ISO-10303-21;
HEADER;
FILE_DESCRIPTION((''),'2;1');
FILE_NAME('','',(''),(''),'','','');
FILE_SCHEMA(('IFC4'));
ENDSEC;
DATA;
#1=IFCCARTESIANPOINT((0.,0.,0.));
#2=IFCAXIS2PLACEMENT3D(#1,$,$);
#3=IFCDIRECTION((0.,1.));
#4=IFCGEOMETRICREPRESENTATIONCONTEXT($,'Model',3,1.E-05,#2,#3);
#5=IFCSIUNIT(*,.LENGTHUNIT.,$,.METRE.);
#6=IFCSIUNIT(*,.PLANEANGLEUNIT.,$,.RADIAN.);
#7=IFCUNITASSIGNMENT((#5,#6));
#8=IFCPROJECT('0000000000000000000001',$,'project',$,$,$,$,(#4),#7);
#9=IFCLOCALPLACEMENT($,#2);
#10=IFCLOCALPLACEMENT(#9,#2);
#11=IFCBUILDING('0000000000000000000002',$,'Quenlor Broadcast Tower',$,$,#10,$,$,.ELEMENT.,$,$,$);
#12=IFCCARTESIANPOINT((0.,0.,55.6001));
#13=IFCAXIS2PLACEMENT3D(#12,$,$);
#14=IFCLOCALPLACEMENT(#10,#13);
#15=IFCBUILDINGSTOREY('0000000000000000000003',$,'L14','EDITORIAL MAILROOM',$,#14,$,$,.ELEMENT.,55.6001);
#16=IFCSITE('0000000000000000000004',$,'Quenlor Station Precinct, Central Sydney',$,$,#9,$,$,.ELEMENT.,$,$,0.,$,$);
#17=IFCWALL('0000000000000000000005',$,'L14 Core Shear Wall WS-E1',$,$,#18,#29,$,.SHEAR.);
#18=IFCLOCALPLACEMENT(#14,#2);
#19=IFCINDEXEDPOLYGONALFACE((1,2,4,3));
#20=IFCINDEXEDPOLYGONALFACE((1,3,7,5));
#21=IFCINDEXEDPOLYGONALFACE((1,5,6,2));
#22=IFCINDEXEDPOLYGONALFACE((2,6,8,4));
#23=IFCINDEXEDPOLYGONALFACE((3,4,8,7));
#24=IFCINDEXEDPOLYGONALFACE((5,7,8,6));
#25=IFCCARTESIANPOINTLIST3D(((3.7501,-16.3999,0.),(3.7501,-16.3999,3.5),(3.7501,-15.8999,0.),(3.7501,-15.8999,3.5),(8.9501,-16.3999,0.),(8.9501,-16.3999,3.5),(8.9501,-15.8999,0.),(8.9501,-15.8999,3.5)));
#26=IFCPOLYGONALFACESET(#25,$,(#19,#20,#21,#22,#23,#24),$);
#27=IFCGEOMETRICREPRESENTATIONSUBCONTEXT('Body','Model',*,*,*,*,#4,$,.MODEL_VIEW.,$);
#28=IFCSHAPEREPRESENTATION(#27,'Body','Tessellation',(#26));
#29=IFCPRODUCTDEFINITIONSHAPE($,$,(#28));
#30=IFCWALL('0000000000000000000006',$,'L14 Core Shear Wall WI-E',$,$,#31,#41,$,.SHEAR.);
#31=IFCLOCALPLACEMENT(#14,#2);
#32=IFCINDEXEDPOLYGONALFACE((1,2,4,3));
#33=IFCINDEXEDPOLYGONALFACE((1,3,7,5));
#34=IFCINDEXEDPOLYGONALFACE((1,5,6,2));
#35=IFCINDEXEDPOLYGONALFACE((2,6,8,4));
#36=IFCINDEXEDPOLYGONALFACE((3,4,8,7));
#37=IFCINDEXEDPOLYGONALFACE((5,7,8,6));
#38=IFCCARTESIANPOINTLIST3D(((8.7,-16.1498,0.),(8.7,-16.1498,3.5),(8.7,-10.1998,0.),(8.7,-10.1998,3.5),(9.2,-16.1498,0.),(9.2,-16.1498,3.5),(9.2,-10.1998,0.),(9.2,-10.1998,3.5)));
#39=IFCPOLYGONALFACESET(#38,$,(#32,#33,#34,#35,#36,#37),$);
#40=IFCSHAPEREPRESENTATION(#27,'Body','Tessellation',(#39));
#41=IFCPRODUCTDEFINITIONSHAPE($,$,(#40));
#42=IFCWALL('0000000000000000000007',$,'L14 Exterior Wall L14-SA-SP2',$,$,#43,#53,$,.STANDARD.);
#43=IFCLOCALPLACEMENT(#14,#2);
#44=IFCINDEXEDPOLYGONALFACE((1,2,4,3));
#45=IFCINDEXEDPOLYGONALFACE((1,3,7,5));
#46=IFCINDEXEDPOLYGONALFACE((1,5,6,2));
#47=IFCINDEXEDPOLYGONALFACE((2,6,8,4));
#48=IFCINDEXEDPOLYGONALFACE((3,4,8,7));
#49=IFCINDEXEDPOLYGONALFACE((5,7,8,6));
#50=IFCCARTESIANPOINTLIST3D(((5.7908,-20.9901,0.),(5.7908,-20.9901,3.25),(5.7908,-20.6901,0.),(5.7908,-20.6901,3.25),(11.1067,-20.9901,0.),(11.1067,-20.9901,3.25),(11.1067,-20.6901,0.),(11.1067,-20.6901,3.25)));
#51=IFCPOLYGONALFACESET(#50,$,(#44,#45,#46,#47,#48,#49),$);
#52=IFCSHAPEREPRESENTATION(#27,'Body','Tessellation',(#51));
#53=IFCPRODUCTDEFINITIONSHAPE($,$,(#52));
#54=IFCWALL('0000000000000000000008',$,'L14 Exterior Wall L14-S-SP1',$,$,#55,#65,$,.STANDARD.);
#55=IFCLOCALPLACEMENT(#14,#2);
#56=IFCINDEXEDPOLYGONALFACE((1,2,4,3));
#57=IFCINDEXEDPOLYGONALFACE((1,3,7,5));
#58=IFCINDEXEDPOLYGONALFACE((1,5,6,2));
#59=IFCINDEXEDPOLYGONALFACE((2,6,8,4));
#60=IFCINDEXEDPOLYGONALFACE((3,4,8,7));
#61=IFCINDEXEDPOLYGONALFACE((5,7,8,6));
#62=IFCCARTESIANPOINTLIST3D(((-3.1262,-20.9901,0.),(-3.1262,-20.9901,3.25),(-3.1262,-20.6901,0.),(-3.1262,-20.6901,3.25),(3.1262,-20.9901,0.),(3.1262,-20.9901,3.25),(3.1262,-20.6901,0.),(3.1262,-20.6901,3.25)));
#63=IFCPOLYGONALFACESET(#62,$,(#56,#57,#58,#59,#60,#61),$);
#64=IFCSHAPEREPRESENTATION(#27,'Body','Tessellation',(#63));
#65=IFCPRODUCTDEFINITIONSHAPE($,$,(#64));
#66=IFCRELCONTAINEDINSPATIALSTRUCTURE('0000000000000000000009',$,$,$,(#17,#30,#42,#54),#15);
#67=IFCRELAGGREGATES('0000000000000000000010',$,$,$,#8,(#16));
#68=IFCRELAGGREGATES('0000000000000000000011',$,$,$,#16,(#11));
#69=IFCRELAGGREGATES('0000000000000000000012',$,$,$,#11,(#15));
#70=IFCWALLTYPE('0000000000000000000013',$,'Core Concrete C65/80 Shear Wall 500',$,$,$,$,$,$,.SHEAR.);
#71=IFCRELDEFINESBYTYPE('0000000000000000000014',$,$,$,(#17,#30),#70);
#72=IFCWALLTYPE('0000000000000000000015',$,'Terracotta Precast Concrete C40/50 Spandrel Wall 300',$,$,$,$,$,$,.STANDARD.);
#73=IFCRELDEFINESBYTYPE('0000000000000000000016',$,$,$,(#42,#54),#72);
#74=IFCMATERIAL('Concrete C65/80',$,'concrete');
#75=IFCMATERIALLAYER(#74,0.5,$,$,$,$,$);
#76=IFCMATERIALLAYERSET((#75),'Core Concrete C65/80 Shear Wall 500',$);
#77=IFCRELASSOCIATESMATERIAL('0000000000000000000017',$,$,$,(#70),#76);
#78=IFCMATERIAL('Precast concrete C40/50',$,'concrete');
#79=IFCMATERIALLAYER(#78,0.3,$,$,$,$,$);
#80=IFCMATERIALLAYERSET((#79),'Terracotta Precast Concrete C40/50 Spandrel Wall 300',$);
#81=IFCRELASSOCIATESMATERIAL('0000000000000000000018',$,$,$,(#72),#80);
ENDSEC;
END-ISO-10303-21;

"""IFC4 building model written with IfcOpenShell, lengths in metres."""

from ifc_helpers import new_model, si_unit, direction, frame, frame_2d, origin, place, context, subcontext, project, spatial, rectangle, extrude, material, layer, layer_set, type_object, element, save


model = new_model("IFC4")

# Units and contexts
model_context = context("Model", 3, precision=1e-05, world=origin(), true_north=direction((0.0, 1.0)))
body_context = subcontext(model_context, "Body", "Model", "MODEL_VIEW")
ifc_project = project(units=[si_unit("LENGTHUNIT", "METRE"), si_unit("PLANEANGLEUNIT", "RADIAN")], contexts=[model_context])

# Site, building, storey
site_placement = place(None, origin())
site = spatial("IfcSite", under=ifc_project, at=site_placement, Name="Quenlor Station Precinct, Central Sydney", CompositionType="ELEMENT", RefElevation=0.0)
building_placement = place(site_placement, origin())
building = spatial("IfcBuilding", under=site, at=building_placement, Name="Quenlor Broadcast Tower", CompositionType="ELEMENT")
storey_placement = place(building_placement, frame((0.0, 0.0, 55.6001)))
storey = spatial("IfcBuildingStorey", under=building, at=storey_placement, Name="L14", Description="EDITORIAL MAILROOM", CompositionType="ELEMENT", Elevation=55.6001)

# Walls
ifc_material_1 = material(Name="Concrete C65/80", Category="concrete")
ifc_layer_1 = layer(ifc_material_1, 0.5)
ifc_layer_set_1 = layer_set([ifc_layer_1], Name="Core Concrete C65/80 Shear Wall 500")
wall_type_1 = type_object("IfcWallType", Name="Core Concrete C65/80 Shear Wall 500", PredefinedType="SHEAR", material=ifc_layer_set_1)
wall_1_placement = place(storey_placement, frame((3.75, -16.1499, 0.0), z_axis=(0.0, 0.0, 1.0), x_axis=(1.0, 0.0, 0.0)))
element("IfcWall", 1, at=wall_1_placement, inside=storey, type_object=wall_type_1, Name="L14 Core Shear Wall WS-E1", PredefinedType="SHEAR", context=body_context, shape_type="SweptSolid", body=[
    extrude(rectangle(XDim=5.2, YDim=0.5, at=frame_2d((2.6001, 0.0))), origin(), (0.0, 0.0, 1.0), 3.5),
])
wall_2_placement = place(storey_placement, frame((8.95, -16.1499, 0.0), z_axis=(0.0, 0.0, 1.0), x_axis=(0.0, 1.0, 0.0)))
element("IfcWall", 2, at=wall_2_placement, inside=storey, type_object=wall_type_1, Name="L14 Core Shear Wall WI-E", PredefinedType="SHEAR", context=body_context, shape_type="SweptSolid", body=[
    extrude(rectangle(XDim=5.95, YDim=0.5, at=frame_2d((2.9751, 0.0))), origin(), (0.0, 0.0, 1.0), 3.5),
])
ifc_material_2 = material(Name="Precast concrete C40/50", Category="concrete")
ifc_layer_2 = layer(ifc_material_2, 0.3)
ifc_layer_set_2 = layer_set([ifc_layer_2], Name="Terracotta Precast Concrete C40/50 Spandrel Wall 300")
wall_type_2 = type_object("IfcWallType", Name="Terracotta Precast Concrete C40/50 Spandrel Wall 300", PredefinedType="STANDARD", material=ifc_layer_set_2)
wall_3_placement = place(storey_placement, frame((11.1067, -20.8401, 0.0), z_axis=(0.0, 0.0, 1.0), x_axis=(-1.0, 0.0, 0.0)))
element("IfcWall", 3, at=wall_3_placement, inside=storey, type_object=wall_type_2, Name="L14 Exterior Wall L14-SA-SP2", PredefinedType="STANDARD", context=body_context, shape_type="SweptSolid", body=[
    extrude(rectangle(XDim=5.3159, YDim=0.3, at=frame_2d((2.658, 0.0))), origin(), (0.0, 0.0, 1.0), 3.25),
])
wall_4_placement = place(storey_placement, frame((3.1262, -20.8401, 0.0), z_axis=(0.0, 0.0, 1.0), x_axis=(-1.0, 0.0, 0.0)))
element("IfcWall", 4, at=wall_4_placement, inside=storey, type_object=wall_type_2, Name="L14 Exterior Wall L14-S-SP1", PredefinedType="STANDARD", context=body_context, shape_type="SweptSolid", body=[
    extrude(rectangle(XDim=6.2524, YDim=0.3, at=frame_2d((3.1262, 0.0))), origin(), (0.0, 0.0, 1.0), 3.25),
])

save(model, "model.ifc")
